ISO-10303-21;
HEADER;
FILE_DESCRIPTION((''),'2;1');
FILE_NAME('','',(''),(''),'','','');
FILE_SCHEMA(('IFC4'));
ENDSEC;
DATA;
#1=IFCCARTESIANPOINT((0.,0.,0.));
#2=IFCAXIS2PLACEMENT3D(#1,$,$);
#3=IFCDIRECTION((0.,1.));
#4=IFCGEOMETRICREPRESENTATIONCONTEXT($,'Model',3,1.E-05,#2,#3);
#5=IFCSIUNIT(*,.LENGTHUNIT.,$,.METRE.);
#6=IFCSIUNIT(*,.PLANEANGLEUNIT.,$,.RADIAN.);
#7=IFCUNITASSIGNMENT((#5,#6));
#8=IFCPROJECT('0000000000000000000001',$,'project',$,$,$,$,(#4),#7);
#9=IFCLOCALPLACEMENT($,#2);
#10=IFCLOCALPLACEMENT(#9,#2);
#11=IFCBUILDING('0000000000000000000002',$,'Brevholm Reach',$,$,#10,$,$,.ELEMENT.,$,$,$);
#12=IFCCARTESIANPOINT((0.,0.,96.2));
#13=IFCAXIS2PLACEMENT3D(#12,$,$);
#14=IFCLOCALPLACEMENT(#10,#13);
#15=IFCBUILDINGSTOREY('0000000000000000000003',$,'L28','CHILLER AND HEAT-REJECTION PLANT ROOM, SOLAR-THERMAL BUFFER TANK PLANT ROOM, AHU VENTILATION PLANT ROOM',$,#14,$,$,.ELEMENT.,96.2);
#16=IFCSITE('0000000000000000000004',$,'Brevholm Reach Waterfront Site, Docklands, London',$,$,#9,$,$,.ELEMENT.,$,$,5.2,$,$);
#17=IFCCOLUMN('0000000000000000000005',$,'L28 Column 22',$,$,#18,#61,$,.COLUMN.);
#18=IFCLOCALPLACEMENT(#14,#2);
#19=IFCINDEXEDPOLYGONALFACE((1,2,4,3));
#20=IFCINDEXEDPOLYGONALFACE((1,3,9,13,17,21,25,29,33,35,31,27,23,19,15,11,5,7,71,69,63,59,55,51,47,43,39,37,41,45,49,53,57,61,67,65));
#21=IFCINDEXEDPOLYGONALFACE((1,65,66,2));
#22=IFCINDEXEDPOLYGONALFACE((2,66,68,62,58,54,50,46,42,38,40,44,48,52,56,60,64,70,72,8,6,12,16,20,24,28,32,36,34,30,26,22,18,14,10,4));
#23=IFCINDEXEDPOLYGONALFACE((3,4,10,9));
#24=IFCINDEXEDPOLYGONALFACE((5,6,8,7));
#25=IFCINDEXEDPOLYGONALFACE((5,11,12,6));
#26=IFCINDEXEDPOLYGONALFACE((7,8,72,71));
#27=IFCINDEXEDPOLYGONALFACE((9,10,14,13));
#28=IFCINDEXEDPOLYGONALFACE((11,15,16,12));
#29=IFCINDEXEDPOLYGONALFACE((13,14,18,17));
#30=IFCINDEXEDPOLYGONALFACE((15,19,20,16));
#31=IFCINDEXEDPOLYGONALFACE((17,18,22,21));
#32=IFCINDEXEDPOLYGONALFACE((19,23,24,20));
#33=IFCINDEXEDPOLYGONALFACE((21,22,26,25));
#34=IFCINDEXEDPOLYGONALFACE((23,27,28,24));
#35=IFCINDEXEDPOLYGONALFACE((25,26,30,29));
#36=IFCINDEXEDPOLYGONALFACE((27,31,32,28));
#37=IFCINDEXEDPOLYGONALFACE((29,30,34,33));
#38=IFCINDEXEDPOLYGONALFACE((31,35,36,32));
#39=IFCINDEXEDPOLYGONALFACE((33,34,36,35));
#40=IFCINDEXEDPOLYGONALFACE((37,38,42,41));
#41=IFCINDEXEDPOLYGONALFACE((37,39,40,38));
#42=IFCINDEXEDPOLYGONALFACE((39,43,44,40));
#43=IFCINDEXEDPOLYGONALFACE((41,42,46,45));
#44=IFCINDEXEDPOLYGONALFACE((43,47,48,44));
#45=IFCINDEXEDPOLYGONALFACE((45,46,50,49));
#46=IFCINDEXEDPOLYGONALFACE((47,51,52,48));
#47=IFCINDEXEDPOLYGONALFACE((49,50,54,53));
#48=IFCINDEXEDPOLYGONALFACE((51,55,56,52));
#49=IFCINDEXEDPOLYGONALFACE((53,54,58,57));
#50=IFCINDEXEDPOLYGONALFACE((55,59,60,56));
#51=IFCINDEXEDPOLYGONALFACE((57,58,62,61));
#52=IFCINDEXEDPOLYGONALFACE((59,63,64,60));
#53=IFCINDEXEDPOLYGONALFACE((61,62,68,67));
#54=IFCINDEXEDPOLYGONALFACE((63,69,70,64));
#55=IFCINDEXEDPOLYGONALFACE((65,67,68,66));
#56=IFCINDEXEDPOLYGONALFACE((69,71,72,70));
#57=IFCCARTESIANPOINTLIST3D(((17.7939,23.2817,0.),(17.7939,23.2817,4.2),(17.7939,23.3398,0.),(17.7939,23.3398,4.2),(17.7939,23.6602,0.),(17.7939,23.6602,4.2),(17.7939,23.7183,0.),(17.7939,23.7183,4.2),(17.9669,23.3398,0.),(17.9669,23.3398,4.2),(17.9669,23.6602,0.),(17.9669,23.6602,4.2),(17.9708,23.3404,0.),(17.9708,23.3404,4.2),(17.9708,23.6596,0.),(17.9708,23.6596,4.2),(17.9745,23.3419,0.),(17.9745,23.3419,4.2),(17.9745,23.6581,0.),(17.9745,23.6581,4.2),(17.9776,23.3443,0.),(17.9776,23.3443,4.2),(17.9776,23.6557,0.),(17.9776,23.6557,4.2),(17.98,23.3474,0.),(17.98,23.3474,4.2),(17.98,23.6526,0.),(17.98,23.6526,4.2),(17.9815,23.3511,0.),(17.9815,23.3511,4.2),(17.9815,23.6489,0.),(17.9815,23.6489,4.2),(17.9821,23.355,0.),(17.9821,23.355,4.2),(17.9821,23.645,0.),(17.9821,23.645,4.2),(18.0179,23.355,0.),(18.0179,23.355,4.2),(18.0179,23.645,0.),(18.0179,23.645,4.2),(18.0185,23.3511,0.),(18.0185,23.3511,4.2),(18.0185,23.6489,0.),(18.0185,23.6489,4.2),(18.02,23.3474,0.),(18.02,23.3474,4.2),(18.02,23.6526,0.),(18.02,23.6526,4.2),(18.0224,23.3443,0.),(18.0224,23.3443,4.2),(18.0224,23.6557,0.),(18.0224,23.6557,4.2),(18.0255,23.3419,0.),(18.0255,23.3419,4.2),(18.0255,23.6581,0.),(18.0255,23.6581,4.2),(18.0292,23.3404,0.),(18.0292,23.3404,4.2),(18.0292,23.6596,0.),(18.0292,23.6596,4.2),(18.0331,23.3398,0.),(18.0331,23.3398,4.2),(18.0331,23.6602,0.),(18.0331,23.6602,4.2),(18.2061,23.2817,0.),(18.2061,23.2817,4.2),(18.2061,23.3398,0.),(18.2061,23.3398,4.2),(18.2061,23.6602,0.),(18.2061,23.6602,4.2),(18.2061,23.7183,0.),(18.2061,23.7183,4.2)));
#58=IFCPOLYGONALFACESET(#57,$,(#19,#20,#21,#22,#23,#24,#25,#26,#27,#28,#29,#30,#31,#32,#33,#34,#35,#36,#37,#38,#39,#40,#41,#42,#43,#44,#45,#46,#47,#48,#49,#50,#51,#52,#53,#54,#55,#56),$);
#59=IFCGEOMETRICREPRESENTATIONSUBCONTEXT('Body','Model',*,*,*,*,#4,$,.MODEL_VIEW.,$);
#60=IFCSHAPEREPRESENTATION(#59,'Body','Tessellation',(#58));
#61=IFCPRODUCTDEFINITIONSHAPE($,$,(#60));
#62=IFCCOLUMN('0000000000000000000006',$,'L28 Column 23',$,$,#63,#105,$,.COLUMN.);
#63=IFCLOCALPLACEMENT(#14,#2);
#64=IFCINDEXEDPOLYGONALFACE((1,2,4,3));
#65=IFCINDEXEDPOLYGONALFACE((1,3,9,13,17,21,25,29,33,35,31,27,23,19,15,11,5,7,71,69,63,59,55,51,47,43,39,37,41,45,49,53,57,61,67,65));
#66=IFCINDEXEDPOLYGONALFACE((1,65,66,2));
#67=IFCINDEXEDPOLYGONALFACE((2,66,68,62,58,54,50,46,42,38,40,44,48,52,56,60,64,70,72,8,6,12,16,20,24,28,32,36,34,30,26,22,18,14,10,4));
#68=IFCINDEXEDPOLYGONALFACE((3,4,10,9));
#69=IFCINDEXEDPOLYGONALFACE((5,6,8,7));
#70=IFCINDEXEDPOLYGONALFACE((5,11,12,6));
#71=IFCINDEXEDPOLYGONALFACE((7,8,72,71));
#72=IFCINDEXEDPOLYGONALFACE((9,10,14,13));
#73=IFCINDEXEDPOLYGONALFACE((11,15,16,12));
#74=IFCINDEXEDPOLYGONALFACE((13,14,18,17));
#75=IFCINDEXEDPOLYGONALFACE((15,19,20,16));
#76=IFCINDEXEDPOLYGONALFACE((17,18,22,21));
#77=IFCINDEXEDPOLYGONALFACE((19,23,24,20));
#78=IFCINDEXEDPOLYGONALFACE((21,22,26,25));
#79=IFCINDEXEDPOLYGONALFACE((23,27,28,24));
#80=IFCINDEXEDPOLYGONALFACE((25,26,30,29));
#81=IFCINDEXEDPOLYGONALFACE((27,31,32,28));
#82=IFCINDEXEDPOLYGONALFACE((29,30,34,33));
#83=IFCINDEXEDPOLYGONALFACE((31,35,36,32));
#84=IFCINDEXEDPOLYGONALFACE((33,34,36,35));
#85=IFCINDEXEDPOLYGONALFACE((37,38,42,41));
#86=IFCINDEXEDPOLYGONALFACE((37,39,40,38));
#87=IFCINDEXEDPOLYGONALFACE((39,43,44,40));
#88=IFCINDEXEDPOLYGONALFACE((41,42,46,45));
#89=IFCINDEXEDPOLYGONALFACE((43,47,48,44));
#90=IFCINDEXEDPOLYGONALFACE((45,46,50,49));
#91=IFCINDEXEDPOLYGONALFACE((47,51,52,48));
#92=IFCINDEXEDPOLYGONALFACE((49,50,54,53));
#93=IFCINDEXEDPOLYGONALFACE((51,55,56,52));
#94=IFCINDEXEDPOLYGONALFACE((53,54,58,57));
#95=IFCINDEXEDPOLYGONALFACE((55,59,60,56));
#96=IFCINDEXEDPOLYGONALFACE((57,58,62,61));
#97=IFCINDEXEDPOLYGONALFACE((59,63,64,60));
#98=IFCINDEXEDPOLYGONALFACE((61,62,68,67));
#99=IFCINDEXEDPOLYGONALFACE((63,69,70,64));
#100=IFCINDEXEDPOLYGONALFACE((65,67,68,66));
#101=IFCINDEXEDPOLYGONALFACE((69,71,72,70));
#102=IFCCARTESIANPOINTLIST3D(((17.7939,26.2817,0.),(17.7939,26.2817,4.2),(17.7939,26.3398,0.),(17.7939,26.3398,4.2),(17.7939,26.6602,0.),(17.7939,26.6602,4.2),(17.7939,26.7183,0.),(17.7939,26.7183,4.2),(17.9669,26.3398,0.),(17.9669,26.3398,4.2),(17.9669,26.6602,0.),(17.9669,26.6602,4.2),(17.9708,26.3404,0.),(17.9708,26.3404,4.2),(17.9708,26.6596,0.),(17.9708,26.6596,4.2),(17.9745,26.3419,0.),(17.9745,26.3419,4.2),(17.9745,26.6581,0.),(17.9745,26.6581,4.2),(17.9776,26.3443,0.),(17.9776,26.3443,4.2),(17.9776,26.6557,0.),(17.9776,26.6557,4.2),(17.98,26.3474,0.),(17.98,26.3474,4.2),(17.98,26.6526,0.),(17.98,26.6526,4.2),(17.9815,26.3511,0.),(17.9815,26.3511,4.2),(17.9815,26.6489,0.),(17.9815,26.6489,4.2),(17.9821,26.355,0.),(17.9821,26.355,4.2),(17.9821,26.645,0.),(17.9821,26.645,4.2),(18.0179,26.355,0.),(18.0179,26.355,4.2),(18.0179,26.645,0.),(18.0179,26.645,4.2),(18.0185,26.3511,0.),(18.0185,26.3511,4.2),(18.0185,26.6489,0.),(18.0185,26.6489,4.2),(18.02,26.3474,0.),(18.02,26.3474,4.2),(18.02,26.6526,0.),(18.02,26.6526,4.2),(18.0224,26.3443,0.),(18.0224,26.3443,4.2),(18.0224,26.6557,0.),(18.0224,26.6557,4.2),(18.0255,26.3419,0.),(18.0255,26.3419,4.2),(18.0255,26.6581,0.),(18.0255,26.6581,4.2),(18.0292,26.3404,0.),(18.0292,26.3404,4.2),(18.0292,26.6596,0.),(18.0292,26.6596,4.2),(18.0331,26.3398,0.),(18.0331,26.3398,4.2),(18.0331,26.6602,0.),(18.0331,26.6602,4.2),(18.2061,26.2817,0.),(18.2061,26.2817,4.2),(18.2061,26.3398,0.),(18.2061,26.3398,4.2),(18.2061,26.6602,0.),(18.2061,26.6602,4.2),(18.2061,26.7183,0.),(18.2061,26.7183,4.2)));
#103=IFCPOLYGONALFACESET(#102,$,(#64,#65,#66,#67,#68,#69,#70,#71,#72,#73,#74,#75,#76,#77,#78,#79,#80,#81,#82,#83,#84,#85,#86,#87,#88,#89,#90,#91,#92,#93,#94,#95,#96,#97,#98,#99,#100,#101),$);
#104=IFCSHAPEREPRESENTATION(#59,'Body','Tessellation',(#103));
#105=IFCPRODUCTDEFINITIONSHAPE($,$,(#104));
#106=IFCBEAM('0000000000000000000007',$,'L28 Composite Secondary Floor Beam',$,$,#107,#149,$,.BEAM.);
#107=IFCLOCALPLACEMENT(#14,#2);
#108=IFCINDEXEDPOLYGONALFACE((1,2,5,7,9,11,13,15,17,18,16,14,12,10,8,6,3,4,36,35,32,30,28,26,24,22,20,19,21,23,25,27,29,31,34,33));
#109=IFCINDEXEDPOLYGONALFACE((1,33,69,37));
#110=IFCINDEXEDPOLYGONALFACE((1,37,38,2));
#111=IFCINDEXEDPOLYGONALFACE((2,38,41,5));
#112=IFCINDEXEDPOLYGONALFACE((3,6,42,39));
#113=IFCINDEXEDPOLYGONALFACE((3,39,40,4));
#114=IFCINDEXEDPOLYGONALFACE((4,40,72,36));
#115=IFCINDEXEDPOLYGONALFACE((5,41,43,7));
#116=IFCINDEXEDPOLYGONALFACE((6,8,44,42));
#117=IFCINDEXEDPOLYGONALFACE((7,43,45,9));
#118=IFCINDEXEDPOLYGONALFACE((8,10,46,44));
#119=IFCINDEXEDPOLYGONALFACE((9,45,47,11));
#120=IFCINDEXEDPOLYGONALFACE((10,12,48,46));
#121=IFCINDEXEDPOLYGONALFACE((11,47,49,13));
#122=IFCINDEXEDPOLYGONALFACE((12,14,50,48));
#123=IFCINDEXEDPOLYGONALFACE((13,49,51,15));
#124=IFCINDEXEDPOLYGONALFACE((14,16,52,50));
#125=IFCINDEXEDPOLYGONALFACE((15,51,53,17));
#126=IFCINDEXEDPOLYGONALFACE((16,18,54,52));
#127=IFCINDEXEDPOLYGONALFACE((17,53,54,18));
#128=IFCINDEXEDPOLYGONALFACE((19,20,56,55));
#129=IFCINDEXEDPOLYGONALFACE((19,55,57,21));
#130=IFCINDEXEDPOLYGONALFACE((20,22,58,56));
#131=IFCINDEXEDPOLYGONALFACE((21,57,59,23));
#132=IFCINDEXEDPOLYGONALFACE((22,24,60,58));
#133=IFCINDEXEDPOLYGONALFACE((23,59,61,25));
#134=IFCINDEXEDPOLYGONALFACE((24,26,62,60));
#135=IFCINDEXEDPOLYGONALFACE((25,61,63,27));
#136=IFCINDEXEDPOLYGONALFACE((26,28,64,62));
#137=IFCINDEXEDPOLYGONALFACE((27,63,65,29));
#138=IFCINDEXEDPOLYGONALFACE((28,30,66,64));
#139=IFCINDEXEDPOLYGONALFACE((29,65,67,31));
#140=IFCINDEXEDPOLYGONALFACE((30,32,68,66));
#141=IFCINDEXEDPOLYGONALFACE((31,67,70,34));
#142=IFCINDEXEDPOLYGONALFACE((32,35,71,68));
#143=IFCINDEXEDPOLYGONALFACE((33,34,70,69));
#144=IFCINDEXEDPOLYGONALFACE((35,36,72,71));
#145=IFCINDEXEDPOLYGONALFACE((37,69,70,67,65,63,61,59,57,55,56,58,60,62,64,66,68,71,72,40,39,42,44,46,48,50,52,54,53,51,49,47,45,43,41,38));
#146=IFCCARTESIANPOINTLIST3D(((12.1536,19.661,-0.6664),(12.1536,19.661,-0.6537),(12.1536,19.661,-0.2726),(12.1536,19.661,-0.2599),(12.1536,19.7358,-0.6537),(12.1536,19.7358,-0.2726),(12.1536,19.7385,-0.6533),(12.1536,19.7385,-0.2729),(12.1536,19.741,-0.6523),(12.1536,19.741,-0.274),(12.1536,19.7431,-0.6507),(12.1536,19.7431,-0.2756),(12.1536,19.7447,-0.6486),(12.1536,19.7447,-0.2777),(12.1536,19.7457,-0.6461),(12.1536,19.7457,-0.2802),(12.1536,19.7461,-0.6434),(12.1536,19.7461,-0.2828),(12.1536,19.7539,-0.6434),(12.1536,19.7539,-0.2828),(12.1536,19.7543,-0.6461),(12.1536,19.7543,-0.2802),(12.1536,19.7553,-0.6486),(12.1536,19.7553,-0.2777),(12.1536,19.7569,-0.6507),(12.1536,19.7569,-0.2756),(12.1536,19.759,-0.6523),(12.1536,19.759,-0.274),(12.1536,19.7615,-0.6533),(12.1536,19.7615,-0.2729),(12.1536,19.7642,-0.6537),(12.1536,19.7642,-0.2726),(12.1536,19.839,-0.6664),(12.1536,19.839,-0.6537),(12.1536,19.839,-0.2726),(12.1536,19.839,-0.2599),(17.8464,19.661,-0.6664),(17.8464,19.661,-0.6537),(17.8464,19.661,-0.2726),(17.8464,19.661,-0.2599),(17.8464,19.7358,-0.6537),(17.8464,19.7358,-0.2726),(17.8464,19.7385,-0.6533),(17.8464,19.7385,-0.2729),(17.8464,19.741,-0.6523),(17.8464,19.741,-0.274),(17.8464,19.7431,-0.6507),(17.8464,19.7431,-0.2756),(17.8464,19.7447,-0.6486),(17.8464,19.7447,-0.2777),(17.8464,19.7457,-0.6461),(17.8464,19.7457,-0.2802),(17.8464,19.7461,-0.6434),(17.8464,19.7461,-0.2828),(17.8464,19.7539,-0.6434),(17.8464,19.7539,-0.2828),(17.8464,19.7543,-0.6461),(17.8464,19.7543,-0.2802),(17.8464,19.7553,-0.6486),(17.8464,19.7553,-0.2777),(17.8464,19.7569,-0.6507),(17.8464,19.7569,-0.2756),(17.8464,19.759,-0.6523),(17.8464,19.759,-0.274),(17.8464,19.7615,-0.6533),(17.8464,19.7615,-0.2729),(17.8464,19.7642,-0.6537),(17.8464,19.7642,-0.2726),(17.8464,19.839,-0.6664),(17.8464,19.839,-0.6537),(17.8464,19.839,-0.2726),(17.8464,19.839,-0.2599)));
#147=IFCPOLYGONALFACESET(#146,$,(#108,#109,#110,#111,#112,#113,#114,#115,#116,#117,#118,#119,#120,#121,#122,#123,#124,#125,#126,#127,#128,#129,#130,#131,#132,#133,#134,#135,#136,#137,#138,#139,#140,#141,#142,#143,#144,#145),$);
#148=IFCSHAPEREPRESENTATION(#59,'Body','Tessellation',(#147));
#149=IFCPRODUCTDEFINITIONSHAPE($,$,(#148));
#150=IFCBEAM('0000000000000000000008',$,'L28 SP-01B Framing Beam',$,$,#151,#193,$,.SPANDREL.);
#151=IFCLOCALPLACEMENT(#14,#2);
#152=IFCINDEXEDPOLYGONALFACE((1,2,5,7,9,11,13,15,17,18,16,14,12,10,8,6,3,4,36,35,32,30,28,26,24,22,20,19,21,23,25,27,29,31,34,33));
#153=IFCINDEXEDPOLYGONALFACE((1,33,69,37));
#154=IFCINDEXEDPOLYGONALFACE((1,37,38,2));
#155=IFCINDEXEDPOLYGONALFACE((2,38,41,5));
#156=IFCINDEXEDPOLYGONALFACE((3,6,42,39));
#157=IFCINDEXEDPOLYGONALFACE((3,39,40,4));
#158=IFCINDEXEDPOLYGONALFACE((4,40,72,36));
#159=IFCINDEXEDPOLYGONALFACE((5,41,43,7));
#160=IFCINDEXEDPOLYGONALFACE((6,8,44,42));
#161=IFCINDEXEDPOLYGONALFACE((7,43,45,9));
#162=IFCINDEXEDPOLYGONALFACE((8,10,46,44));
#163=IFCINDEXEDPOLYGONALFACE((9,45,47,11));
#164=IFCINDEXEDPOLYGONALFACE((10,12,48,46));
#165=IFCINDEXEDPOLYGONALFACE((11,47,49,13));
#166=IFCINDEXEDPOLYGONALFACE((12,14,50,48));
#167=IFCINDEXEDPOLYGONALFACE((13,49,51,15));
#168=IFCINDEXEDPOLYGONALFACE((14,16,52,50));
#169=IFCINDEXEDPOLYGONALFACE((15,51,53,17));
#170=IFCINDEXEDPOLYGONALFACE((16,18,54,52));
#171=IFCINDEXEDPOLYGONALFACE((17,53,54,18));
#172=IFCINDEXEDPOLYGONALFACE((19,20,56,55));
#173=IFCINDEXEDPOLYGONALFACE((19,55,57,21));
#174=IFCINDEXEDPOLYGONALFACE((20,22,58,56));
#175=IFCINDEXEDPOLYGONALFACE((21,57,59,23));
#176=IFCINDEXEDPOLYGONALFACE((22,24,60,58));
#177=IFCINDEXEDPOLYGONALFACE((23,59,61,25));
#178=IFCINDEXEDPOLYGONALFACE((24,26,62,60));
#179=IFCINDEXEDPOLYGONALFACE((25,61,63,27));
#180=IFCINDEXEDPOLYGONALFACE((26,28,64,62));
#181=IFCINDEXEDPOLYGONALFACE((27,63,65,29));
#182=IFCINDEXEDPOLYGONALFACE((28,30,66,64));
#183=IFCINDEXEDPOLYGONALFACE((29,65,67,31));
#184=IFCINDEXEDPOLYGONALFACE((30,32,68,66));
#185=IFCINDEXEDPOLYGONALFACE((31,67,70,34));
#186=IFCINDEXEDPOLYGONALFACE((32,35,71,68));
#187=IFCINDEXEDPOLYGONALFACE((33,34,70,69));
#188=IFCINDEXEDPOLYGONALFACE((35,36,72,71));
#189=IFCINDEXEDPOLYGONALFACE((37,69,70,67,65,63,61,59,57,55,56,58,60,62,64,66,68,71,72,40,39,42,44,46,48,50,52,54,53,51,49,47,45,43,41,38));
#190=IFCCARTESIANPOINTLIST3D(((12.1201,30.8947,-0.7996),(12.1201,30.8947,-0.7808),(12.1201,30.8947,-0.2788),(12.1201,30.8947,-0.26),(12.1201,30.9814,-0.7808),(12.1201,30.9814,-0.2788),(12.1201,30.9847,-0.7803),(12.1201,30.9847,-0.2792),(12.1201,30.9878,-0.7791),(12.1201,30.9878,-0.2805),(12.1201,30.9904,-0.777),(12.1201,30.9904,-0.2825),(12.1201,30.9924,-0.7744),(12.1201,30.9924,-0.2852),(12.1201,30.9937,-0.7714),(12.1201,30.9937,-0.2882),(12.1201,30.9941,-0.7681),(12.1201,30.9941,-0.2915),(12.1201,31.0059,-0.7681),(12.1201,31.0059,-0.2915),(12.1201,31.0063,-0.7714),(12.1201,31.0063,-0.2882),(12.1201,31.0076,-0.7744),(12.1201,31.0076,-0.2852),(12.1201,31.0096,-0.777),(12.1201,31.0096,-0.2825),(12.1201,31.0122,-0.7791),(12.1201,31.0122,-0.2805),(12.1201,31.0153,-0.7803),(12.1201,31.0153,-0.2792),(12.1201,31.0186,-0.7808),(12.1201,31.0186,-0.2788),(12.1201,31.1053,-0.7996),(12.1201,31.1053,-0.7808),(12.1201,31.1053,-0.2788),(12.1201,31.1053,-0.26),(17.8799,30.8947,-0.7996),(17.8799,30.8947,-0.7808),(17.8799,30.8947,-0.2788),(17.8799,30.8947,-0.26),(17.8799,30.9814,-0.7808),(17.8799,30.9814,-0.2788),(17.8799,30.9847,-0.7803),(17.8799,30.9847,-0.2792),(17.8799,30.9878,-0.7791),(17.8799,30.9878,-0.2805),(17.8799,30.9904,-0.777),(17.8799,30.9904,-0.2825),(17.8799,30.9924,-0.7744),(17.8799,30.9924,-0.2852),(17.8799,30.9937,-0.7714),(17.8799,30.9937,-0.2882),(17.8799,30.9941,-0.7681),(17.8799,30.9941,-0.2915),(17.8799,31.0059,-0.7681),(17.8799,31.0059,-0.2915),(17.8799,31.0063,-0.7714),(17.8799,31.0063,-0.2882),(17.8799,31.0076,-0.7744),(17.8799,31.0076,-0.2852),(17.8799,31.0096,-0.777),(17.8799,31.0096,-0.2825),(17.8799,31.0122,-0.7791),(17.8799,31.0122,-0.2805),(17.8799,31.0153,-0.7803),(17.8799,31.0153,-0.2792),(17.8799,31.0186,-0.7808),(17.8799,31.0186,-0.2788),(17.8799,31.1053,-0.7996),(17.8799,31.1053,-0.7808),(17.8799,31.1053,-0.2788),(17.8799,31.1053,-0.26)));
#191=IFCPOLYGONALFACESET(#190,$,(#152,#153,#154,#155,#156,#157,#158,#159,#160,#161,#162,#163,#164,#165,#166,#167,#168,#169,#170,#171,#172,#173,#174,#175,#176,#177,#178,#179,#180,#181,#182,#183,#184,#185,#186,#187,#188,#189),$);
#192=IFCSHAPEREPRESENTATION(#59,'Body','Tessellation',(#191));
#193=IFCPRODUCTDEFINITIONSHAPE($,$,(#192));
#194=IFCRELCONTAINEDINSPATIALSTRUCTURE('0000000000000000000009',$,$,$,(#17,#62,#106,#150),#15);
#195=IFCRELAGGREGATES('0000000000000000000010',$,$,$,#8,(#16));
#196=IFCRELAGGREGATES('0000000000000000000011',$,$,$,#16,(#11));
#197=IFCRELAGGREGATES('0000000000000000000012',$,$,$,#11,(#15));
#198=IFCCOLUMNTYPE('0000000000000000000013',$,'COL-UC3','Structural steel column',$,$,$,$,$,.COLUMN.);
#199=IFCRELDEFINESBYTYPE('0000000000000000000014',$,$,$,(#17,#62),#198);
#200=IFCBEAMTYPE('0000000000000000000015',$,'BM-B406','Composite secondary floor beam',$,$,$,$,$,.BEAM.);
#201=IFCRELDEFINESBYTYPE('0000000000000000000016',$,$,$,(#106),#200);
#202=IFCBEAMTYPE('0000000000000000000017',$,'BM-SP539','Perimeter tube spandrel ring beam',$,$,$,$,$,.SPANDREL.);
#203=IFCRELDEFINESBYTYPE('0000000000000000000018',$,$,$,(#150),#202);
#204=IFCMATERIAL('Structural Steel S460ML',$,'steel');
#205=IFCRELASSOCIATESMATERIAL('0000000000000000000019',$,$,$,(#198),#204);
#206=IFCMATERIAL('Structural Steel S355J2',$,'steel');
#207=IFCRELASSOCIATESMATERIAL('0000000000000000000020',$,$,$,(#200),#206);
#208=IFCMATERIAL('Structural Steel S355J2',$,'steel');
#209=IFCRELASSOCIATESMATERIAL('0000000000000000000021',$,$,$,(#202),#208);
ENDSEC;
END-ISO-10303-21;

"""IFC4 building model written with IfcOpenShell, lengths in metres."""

from ifc_helpers import new_model, si_unit, direction, frame, origin, origin_2d, place, context, subcontext, project, spatial, i_section, extrude, material, material_profile, profile_set, type_object, element, save


model = new_model("IFC4")

# Units and contexts
model_context = context("Model", 3, precision=1e-05, world=origin(), true_north=direction((0.0, 1.0)))
body_context = subcontext(model_context, "Body", "Model", "MODEL_VIEW")
ifc_project = project(units=[si_unit("LENGTHUNIT", "METRE"), si_unit("PLANEANGLEUNIT", "RADIAN")], contexts=[model_context])

# Site, building, storey
site_placement = place(None, origin())
site = spatial("IfcSite", under=ifc_project, at=site_placement, Name="Brevholm Reach Waterfront Site, Docklands, London", CompositionType="ELEMENT", RefElevation=5.2)
building_placement = place(site_placement, origin())
building = spatial("IfcBuilding", under=site, at=building_placement, Name="Brevholm Reach", CompositionType="ELEMENT")
storey_placement = place(building_placement, frame((0.0, 0.0, 96.2)))
storey = spatial("IfcBuildingStorey", under=building, at=storey_placement, Name="L28", Description="CHILLER AND HEAT-REJECTION PLANT ROOM, SOLAR-THERMAL BUFFER TANK PLANT ROOM, AHU VENTILATION PLANT ROOM", CompositionType="ELEMENT", Elevation=96.2)

# Columns
ifc_material_1 = material(Name="Structural Steel S460ML", Category="steel")
ifc_material_profile_1 = material_profile(ifc_material_1, i_section(OverallWidth=0.4121, OverallDepth=0.4365, WebThickness=0.0359, FlangeThickness=0.0581, FilletRadius=0.0151, at=origin_2d()), Name="UKC 356x406x467")
ifc_profile_set_1 = profile_set([ifc_material_profile_1], Name="Structural Steel S460ML")
column_type_1 = type_object("IfcColumnType", Name="COL-UC3", Description="Structural steel column", PredefinedType="COLUMN", material=ifc_profile_set_1)
for number, where, z_axis, x_axis, name in (
    (1, (18.0, 23.5, 0.0), (0.0, 0.0, 1.0), (1.0, 0.0, 0.0), "L28 Column 22"),
    (2, (18.0, 26.5, 0.0), (0.0, 0.0, 1.0), (1.0, 0.0, 0.0), "L28 Column 23"),
):
    element("IfcColumn", number, at=place(storey_placement, frame(where, z_axis=z_axis, x_axis=x_axis)), inside=storey, type_object=column_type_1, Name=name, PredefinedType="COLUMN", context=body_context, shape_type="SweptSolid", body=[
        extrude(i_section(OverallWidth=0.4121, OverallDepth=0.4365, WebThickness=0.0359, FlangeThickness=0.0581, FilletRadius=0.0151, at=origin_2d()), origin(), (0.0, 0.0, 1.0), 4.2),
    ])

# Beams
ifc_material_2 = material(Name="Structural Steel S355J2", Category="steel")
ifc_material_profile_2 = material_profile(ifc_material_2, i_section(OverallWidth=0.178, OverallDepth=0.4065, WebThickness=0.0078, FlangeThickness=0.0127, FilletRadius=0.0103, at=origin_2d()), Name="UKB 406x178x60")
ifc_profile_set_2 = profile_set([ifc_material_profile_2], Name="Structural Steel S355J2")
beam_type_1 = type_object("IfcBeamType", Name="BM-B406", Description="Composite secondary floor beam", PredefinedType="BEAM", material=ifc_profile_set_2)
beam_1_placement = place(storey_placement, frame((12.1536, 19.75, -0.4631), z_axis=(1.0, 0.0, 0.0), x_axis=(0.0, 1.0, 0.0)))
element("IfcBeam", 3, at=beam_1_placement, inside=storey, type_object=beam_type_1, Name="L28 Composite Secondary Floor Beam", PredefinedType="BEAM", context=body_context, shape_type="SweptSolid", body=[
    extrude(i_section(OverallWidth=0.178, OverallDepth=0.4065, WebThickness=0.0078, FlangeThickness=0.0127, FilletRadius=0.0103, at=origin_2d()), origin(), (0.0, 0.0, 1.0), 5.6929),
])
ifc_material_3 = material(Name="Structural Steel S355J2", Category="steel")
ifc_material_profile_3 = material_profile(ifc_material_3, i_section(OverallWidth=0.2107, OverallDepth=0.5396, WebThickness=0.0117, FlangeThickness=0.0188, FilletRadius=0.0127, at=origin_2d()), Name="UKB 533x210x109")
ifc_profile_set_3 = profile_set([ifc_material_profile_3], Name="Structural Steel S355J2")
beam_type_2 = type_object("IfcBeamType", Name="BM-SP539", Description="Perimeter tube spandrel ring beam", PredefinedType="SPANDREL", material=ifc_profile_set_3)
beam_2_placement = place(storey_placement, frame((12.1201, 31.0, -0.5298), z_axis=(1.0, 0.0, 0.0), x_axis=(0.0, 1.0, 0.0)))
element("IfcBeam", 4, at=beam_2_placement, inside=storey, type_object=beam_type_2, Name="L28 SP-01B Framing Beam", PredefinedType="SPANDREL", context=body_context, shape_type="SweptSolid", body=[
    extrude(i_section(OverallWidth=0.2107, OverallDepth=0.5396, WebThickness=0.0117, FlangeThickness=0.0188, FilletRadius=0.0127, at=origin_2d()), origin(), (0.0, 0.0, 1.0), 5.7598),
])

save(model, "model.ifc")
